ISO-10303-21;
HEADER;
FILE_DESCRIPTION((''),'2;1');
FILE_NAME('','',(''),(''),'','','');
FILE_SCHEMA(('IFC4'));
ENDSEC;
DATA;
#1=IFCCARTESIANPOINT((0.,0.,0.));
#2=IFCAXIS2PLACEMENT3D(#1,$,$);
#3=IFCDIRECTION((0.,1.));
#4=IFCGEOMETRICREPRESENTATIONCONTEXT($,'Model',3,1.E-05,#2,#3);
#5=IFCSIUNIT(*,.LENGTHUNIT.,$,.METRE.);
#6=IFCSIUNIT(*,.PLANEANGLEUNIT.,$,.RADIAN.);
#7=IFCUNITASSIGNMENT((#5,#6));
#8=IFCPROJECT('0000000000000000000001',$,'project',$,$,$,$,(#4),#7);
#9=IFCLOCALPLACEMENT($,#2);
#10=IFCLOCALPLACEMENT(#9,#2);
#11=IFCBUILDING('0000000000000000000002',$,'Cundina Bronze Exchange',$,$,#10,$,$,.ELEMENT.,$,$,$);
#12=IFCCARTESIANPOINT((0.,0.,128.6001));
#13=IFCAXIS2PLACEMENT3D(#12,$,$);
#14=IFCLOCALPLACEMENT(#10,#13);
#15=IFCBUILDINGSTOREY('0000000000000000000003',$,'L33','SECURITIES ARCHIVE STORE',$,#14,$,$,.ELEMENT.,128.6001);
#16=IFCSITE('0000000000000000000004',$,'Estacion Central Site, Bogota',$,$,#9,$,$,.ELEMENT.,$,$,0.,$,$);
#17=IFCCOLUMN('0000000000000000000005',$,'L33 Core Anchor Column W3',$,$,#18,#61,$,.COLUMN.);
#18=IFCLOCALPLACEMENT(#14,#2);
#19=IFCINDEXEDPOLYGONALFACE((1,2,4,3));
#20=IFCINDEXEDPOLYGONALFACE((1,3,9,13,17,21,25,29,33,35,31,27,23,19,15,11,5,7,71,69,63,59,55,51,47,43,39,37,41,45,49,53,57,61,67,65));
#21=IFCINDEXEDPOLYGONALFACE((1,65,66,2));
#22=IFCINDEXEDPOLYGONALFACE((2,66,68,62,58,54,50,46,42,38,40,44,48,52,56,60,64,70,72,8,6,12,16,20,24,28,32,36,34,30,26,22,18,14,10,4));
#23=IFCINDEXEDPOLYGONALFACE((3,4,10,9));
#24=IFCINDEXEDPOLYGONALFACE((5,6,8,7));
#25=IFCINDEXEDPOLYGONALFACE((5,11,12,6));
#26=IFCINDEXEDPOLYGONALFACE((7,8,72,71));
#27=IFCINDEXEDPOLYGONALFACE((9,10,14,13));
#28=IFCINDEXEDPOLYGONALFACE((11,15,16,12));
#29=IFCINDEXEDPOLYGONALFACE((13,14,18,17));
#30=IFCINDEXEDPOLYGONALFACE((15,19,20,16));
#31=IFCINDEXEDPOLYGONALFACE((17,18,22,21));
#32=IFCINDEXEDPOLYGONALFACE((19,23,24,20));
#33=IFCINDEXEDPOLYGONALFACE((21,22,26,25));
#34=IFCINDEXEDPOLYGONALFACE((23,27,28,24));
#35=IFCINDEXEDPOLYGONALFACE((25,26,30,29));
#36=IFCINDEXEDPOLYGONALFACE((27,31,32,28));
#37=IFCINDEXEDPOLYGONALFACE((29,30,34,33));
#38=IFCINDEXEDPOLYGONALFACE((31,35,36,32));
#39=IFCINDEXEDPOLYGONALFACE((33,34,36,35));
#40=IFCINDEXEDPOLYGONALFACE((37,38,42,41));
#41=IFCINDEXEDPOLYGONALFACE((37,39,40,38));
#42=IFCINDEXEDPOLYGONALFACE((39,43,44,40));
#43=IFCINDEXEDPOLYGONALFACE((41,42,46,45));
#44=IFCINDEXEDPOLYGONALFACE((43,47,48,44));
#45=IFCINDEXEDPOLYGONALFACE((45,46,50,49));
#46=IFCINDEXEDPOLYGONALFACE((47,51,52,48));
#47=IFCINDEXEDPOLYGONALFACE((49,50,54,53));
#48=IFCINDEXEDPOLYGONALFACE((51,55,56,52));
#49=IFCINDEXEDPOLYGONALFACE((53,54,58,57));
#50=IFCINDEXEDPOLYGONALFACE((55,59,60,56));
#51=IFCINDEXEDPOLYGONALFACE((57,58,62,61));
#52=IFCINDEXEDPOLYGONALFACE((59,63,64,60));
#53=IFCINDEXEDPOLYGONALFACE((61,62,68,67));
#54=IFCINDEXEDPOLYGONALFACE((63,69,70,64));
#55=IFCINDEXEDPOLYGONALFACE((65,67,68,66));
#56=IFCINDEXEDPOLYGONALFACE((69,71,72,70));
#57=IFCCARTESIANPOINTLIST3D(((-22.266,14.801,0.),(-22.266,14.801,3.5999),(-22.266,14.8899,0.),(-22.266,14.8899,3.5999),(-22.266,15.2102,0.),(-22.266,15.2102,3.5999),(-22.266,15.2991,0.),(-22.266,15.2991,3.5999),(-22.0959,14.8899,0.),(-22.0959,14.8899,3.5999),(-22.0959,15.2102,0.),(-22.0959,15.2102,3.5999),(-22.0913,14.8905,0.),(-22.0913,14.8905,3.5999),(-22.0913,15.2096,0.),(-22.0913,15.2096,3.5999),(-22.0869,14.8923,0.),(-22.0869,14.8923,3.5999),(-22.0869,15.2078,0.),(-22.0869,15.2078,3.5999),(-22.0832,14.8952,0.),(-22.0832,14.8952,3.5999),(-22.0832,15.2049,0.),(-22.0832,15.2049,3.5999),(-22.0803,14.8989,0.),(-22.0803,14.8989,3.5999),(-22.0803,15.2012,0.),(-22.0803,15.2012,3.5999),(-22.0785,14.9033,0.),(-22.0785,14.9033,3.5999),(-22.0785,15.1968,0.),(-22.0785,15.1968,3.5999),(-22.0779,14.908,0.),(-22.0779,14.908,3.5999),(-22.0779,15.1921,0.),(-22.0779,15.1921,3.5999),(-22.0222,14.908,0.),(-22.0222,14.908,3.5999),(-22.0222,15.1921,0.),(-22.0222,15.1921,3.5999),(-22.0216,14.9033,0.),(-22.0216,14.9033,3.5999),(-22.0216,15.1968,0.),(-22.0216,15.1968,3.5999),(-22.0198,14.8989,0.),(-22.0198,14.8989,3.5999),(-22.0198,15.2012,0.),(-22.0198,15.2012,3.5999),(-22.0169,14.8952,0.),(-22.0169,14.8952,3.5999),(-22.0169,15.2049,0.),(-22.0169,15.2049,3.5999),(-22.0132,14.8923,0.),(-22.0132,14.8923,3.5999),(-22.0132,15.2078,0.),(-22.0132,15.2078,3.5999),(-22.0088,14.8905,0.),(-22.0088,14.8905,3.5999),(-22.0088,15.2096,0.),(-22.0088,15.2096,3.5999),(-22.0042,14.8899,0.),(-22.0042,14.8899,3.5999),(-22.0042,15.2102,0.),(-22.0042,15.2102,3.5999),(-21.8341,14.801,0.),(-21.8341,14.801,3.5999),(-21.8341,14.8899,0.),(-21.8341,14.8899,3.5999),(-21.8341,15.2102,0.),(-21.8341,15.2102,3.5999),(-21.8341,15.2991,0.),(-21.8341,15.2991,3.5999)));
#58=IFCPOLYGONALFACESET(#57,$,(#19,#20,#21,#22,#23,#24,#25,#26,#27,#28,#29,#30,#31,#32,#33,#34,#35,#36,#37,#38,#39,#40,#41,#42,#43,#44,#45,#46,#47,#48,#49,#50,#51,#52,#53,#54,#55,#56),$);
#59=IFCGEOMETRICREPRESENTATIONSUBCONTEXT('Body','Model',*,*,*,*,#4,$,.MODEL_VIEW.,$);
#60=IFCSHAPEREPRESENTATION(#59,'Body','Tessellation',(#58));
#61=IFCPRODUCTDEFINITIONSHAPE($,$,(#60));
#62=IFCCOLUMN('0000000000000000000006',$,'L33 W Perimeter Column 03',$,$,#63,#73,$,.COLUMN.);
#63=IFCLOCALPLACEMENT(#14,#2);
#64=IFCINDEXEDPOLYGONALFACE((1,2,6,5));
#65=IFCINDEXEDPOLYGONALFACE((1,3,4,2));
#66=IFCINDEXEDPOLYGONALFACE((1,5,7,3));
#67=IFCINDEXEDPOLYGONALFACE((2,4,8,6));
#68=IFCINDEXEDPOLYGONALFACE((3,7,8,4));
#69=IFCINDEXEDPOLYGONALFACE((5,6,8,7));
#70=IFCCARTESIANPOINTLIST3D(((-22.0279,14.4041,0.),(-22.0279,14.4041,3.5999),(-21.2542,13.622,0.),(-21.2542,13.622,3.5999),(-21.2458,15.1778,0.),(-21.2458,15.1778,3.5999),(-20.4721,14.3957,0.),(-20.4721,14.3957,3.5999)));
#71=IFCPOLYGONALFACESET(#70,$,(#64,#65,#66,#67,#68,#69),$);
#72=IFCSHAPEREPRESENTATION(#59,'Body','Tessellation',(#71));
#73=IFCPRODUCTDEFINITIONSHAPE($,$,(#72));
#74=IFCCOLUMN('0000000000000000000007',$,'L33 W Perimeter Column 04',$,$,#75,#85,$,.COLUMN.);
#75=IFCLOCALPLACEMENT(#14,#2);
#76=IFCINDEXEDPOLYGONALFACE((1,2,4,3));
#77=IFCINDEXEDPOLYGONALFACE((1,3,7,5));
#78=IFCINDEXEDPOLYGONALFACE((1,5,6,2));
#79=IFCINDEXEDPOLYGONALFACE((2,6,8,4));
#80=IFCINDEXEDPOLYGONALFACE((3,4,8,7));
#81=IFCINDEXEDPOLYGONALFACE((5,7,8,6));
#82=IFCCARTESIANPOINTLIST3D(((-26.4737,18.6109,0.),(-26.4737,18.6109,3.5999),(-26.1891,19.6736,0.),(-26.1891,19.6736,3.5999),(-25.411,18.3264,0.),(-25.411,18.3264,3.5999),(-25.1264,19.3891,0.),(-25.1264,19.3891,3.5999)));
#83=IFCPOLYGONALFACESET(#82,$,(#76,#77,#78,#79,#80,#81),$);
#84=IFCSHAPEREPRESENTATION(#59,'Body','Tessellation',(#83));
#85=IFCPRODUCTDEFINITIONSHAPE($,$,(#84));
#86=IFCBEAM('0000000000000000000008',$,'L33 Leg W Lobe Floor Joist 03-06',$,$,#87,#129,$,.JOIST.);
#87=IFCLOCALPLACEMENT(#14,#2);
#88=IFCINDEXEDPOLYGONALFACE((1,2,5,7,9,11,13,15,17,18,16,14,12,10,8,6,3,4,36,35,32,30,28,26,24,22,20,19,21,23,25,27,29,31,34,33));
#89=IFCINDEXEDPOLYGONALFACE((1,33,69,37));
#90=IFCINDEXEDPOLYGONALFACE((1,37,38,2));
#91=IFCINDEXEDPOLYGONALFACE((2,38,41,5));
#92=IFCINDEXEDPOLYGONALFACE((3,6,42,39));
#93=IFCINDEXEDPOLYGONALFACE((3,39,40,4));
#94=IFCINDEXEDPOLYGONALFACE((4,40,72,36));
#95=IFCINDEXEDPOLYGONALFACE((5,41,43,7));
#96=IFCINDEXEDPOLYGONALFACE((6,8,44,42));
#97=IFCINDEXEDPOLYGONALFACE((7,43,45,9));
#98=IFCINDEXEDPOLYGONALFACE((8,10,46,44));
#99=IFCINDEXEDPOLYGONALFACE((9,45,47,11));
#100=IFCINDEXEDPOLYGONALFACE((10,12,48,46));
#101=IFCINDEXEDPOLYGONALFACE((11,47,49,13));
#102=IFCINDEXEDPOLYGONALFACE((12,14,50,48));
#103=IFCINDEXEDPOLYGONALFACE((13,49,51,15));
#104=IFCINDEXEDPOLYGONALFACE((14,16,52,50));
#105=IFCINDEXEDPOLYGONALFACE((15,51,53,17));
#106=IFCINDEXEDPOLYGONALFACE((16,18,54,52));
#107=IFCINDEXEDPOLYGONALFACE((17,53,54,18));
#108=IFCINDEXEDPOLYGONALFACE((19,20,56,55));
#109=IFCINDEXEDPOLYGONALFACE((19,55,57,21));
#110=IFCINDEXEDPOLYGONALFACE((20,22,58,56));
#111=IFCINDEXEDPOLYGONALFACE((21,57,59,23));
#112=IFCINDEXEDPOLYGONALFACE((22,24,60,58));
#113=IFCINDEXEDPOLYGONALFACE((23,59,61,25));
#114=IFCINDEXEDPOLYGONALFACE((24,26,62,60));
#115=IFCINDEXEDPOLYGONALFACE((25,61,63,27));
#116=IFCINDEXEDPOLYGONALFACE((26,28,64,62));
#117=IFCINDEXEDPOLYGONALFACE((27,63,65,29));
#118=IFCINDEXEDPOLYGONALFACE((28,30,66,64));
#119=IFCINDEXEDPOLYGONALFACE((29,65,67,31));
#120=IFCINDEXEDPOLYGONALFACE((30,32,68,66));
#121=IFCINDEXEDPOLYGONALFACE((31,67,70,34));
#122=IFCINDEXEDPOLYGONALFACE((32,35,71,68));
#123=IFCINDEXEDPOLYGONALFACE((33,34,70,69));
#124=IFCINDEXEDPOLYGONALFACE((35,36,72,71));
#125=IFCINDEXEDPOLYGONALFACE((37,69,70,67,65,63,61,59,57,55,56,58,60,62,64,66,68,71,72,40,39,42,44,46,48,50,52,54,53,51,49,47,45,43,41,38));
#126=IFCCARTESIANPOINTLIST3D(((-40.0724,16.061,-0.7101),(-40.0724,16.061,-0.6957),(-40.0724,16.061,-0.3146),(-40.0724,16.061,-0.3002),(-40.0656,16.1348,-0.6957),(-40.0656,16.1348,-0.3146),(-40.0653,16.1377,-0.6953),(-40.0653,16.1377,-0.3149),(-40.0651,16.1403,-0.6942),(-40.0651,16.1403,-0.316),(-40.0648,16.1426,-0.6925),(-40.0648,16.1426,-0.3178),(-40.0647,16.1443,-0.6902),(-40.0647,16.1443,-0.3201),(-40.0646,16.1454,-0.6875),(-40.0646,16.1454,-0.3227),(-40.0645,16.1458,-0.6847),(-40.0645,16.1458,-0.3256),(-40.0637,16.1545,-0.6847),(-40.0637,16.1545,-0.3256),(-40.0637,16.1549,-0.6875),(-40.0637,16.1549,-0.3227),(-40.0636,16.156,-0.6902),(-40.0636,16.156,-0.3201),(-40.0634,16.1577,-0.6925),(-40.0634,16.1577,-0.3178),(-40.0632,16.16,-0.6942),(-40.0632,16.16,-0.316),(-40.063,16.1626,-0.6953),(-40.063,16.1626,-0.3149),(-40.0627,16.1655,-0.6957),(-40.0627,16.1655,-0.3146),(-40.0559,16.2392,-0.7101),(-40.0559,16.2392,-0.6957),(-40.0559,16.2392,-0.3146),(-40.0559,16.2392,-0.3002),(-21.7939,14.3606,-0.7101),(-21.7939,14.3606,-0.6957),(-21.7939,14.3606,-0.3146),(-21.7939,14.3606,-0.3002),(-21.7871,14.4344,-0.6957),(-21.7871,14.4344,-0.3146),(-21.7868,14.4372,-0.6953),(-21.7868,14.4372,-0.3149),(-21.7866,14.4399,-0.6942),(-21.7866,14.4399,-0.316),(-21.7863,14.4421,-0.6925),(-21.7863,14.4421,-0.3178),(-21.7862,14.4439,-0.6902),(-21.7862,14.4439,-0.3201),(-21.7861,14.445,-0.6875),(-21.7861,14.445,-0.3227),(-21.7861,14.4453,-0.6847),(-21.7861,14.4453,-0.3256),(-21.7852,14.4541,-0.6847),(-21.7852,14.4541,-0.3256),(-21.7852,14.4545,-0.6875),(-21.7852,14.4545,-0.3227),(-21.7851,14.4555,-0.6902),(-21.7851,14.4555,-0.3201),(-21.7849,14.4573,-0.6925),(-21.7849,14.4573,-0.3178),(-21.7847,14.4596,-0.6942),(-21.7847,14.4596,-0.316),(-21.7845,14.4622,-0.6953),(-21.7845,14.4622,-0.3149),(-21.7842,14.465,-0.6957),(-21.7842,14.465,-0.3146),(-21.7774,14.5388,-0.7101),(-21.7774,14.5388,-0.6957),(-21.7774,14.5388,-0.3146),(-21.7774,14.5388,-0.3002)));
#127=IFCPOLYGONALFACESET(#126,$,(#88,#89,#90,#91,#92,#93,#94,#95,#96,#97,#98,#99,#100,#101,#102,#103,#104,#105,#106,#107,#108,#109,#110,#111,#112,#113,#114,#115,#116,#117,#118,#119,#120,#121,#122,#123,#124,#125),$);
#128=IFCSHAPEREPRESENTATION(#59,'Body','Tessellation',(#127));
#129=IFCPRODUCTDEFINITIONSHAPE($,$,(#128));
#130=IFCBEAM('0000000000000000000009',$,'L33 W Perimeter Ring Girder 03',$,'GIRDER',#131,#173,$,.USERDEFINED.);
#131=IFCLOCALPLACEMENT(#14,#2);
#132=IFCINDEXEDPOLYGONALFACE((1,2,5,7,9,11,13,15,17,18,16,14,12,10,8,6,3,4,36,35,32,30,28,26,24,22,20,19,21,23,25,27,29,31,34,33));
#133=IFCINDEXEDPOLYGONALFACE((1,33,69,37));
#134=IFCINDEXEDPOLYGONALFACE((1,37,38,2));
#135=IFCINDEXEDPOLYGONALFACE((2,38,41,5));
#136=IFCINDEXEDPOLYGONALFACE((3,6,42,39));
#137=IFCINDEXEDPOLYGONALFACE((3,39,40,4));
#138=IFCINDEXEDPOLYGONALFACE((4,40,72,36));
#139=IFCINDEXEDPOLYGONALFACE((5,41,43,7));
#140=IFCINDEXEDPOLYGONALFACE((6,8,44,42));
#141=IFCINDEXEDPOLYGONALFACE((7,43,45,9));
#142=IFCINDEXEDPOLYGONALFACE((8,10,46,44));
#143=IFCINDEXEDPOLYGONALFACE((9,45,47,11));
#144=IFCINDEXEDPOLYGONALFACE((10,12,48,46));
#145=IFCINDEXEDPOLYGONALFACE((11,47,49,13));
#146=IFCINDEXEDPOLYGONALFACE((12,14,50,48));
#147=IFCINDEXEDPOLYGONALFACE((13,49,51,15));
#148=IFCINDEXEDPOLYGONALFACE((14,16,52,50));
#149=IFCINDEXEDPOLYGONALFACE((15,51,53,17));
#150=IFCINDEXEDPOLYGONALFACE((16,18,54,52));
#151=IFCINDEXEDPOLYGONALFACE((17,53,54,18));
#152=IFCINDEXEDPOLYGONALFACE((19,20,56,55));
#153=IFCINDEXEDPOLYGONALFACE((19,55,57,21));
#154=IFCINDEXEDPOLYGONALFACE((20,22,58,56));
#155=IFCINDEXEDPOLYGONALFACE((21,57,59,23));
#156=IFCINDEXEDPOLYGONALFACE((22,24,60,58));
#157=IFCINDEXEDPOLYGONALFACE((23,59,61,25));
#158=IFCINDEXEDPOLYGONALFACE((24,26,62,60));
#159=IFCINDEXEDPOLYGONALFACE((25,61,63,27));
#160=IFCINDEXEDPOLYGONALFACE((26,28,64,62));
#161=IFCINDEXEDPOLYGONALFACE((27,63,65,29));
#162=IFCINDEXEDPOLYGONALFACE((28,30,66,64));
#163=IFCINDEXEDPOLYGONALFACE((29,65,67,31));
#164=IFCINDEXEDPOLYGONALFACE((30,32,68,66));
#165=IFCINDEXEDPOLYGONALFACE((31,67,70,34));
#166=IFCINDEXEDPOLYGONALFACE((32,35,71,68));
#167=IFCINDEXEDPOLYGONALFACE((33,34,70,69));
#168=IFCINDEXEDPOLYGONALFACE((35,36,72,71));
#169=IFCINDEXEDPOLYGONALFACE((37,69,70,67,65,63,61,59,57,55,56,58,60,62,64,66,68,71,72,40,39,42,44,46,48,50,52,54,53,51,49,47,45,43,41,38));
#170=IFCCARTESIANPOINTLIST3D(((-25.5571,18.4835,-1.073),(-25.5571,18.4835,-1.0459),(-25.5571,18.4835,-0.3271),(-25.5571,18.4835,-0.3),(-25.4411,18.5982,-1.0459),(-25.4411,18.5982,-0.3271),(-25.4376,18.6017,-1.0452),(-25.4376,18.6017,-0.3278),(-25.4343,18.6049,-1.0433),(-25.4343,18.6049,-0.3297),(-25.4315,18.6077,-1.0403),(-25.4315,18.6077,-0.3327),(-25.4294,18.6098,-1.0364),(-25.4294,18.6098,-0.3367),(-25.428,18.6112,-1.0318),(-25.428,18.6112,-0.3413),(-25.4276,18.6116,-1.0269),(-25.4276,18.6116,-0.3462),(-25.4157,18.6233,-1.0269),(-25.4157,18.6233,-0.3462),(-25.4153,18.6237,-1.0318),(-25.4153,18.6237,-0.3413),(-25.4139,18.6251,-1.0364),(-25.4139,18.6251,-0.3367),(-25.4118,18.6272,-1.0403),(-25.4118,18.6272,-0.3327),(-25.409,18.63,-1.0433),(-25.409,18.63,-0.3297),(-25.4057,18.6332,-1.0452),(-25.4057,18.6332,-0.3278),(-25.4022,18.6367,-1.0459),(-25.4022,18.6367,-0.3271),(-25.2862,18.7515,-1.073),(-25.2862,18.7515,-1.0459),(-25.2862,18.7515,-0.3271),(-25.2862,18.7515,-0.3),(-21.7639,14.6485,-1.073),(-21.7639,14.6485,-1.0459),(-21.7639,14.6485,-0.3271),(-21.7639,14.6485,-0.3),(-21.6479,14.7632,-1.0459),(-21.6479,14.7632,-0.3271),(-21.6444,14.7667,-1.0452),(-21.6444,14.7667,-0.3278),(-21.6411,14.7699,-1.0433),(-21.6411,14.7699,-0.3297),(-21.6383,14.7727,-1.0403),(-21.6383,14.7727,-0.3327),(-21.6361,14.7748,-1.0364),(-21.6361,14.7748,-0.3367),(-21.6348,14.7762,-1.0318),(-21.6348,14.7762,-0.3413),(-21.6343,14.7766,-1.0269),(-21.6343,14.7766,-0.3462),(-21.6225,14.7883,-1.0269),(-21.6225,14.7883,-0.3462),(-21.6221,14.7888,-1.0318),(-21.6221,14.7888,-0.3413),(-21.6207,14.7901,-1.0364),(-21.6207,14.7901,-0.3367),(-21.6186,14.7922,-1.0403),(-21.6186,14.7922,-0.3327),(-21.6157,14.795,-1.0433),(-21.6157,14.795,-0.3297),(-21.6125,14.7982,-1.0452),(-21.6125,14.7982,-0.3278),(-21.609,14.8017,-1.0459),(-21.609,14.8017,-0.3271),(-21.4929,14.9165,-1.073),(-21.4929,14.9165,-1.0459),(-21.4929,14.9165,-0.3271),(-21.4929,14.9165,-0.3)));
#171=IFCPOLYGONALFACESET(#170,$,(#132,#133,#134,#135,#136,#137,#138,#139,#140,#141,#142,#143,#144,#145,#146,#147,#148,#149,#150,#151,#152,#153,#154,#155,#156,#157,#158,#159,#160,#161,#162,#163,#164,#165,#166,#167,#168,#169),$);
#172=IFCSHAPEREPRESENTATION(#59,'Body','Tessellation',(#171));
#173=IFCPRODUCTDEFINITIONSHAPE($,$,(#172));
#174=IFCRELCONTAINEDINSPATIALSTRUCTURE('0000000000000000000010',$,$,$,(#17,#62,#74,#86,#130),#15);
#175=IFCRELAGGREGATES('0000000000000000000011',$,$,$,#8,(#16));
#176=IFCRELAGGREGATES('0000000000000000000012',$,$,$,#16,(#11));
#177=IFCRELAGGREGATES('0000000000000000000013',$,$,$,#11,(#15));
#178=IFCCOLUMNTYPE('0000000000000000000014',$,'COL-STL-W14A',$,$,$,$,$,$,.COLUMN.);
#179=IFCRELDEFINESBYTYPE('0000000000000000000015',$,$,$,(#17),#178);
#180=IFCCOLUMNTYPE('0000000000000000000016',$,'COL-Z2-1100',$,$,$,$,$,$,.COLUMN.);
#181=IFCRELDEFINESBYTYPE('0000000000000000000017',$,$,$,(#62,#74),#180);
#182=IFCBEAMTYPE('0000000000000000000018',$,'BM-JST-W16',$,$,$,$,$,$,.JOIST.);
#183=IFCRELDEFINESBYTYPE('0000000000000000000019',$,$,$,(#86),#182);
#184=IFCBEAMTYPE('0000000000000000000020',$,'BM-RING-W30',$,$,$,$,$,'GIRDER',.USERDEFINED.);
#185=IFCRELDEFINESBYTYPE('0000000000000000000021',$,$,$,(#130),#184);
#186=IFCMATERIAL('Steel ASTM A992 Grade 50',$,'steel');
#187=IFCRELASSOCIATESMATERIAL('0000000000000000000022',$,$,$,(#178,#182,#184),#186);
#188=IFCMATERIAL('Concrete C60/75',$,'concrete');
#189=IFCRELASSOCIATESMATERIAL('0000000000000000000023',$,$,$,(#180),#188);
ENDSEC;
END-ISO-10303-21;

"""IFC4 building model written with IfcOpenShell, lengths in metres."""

from ifc_helpers import new_model, si_unit, direction, frame, origin, origin_2d, place, context, subcontext, project, spatial, rectangle, i_section, extrude, material, material_profile, profile_set, type_object, element, save


model = new_model("IFC4")

# Units and contexts
model_context = context("Model", 3, precision=1e-05, world=origin(), true_north=direction((0.0, 1.0)))
body_context = subcontext(model_context, "Body", "Model", "MODEL_VIEW")
ifc_project = project(units=[si_unit("LENGTHUNIT", "METRE"), si_unit("PLANEANGLEUNIT", "RADIAN")], contexts=[model_context])

# Site, building, storey
site_placement = place(None, origin())
site = spatial("IfcSite", under=ifc_project, at=site_placement, Name="Estacion Central Site, Bogota", CompositionType="ELEMENT", RefElevation=0.0)
building_placement = place(site_placement, origin())
building = spatial("IfcBuilding", under=site, at=building_placement, Name="Cundina Bronze Exchange", CompositionType="ELEMENT")
storey_placement = place(building_placement, frame((0.0, 0.0, 128.6001)))
storey = spatial("IfcBuildingStorey", under=building, at=storey_placement, Name="L33", Description="SECURITIES ARCHIVE STORE", CompositionType="ELEMENT", Elevation=128.6001)

# Columns
ifc_material_1 = material(Name="Steel ASTM A992 Grade 50", Category="steel")
ifc_material_profile_1 = material_profile(ifc_material_1, i_section(OverallWidth=0.4319, OverallDepth=0.498, WebThickness=0.0557, FlangeThickness=0.0889, FilletRadius=0.0181, at=origin_2d()), Name="W14X500", Category="steel")
ifc_profile_set_1 = profile_set([ifc_material_profile_1], Name="Steel ASTM A992 Grade 50")
column_type_1 = type_object("IfcColumnType", Name="COL-STL-W14A", PredefinedType="COLUMN", material=ifc_profile_set_1)
column_placement = place(storey_placement, frame((-22.05, 15.05, 0.0), z_axis=(0.0, 0.0, 1.0), x_axis=(1.0, 0.0, 0.0)))
element("IfcColumn", 1, at=column_placement, inside=storey, type_object=column_type_1, Name="L33 Core Anchor Column W3", PredefinedType="COLUMN", context=body_context, shape_type="SweptSolid", body=[
    extrude(i_section(OverallWidth=0.4319, OverallDepth=0.498, WebThickness=0.0557, FlangeThickness=0.0889, FilletRadius=0.0181, at=origin_2d()), origin(), (0.0, 0.0, 1.0), 3.5999),
])
ifc_material_2 = material(Name="Concrete C60/75", Category="concrete")
ifc_material_profile_2 = material_profile(ifc_material_2, rectangle(XDim=1.1001, YDim=1.1001, at=origin_2d()), Name="RC1100X1100", Category="concrete")
ifc_profile_set_2 = profile_set([ifc_material_profile_2], Name="Concrete C60/75")
column_type_2 = type_object("IfcColumnType", Name="COL-Z2-1100", PredefinedType="COLUMN", material=ifc_profile_set_2)
for number, where, z_axis, x_axis, name in (
    (2, (-21.25, 14.3999, 0.0), (0.0, 0.0, 1.0), (-0.703271, 0.710922, 0.0), "L33 W Perimeter Column 03"),
    (3, (-25.8, 19.0, 0.0), (0.0, 0.0, 1.0), (-0.965971, 0.25865, 0.0), "L33 W Perimeter Column 04"),
):
    element("IfcColumn", number, at=place(storey_placement, frame(where, z_axis=z_axis, x_axis=x_axis)), inside=storey, type_object=column_type_2, Name=name, PredefinedType="COLUMN", context=body_context, shape_type="SweptSolid", body=[
        extrude(rectangle(XDim=1.1001, YDim=1.1001, at=origin_2d()), origin(), (0.0, 0.0, 1.0), 3.5999),
    ])

# Beams
ifc_material_profile_3 = material_profile(ifc_material_1, i_section(OverallWidth=0.179, OverallDepth=0.4099, WebThickness=0.0088, FlangeThickness=0.0144, FilletRadius=0.011, at=origin_2d()), Name="W16X45", Category="steel")
ifc_profile_set_3 = profile_set([ifc_material_profile_3], Name="Steel ASTM A992 Grade 50")
beam_type_1 = type_object("IfcBeamType", Name="BM-JST-W16", PredefinedType="JOIST", material=ifc_profile_set_3)
beam_1_placement = place(storey_placement, frame((-21.7856, 14.4497, -0.5051), z_axis=(-0.995701, 0.092629, 0.0), x_axis=(-0.092629, -0.995701, 0.0)))
element("IfcBeam", 4, at=beam_1_placement, inside=storey, type_object=beam_type_1, Name="L33 Leg W Lobe Floor Joist 03-06", PredefinedType="JOIST", context=body_context, shape_type="SweptSolid", body=[
    extrude(i_section(OverallWidth=0.179, OverallDepth=0.4099, WebThickness=0.0088, FlangeThickness=0.0144, FilletRadius=0.011, at=origin_2d()), origin(), (0.0, 0.0, 1.0), 18.3574),
])
ifc_material_profile_4 = material_profile(ifc_material_1, i_section(OverallWidth=0.3811, OverallDepth=0.7729, WebThickness=0.0166, FlangeThickness=0.0271, FilletRadius=0.019, at=origin_2d()), Name="W30X173", Category="steel")
ifc_profile_set_4 = profile_set([ifc_material_profile_4], Name="Steel ASTM A992 Grade 50")
beam_type_2 = type_object("IfcBeamType", Name="BM-RING-W30", ElementType="GIRDER", PredefinedType="USERDEFINED", material=ifc_profile_set_4)
beam_2_placement = place(storey_placement, frame((-21.6284, 14.7825, -0.6865), z_axis=(-0.703226, 0.710966, 0.0), x_axis=(-0.710966, -0.703226, 0.0)))
element("IfcBeam", 5, at=beam_2_placement, inside=storey, type_object=beam_type_2, Name="L33 W Perimeter Ring Girder 03", ObjectType="GIRDER", PredefinedType="USERDEFINED", context=body_context, shape_type="SweptSolid", body=[
    extrude(i_section(OverallWidth=0.3811, OverallDepth=0.7729, WebThickness=0.0166, FlangeThickness=0.0271, FilletRadius=0.019, at=origin_2d()), origin(), (0.0, 0.0, 1.0), 5.394),
])

save(model, "model.ifc")
